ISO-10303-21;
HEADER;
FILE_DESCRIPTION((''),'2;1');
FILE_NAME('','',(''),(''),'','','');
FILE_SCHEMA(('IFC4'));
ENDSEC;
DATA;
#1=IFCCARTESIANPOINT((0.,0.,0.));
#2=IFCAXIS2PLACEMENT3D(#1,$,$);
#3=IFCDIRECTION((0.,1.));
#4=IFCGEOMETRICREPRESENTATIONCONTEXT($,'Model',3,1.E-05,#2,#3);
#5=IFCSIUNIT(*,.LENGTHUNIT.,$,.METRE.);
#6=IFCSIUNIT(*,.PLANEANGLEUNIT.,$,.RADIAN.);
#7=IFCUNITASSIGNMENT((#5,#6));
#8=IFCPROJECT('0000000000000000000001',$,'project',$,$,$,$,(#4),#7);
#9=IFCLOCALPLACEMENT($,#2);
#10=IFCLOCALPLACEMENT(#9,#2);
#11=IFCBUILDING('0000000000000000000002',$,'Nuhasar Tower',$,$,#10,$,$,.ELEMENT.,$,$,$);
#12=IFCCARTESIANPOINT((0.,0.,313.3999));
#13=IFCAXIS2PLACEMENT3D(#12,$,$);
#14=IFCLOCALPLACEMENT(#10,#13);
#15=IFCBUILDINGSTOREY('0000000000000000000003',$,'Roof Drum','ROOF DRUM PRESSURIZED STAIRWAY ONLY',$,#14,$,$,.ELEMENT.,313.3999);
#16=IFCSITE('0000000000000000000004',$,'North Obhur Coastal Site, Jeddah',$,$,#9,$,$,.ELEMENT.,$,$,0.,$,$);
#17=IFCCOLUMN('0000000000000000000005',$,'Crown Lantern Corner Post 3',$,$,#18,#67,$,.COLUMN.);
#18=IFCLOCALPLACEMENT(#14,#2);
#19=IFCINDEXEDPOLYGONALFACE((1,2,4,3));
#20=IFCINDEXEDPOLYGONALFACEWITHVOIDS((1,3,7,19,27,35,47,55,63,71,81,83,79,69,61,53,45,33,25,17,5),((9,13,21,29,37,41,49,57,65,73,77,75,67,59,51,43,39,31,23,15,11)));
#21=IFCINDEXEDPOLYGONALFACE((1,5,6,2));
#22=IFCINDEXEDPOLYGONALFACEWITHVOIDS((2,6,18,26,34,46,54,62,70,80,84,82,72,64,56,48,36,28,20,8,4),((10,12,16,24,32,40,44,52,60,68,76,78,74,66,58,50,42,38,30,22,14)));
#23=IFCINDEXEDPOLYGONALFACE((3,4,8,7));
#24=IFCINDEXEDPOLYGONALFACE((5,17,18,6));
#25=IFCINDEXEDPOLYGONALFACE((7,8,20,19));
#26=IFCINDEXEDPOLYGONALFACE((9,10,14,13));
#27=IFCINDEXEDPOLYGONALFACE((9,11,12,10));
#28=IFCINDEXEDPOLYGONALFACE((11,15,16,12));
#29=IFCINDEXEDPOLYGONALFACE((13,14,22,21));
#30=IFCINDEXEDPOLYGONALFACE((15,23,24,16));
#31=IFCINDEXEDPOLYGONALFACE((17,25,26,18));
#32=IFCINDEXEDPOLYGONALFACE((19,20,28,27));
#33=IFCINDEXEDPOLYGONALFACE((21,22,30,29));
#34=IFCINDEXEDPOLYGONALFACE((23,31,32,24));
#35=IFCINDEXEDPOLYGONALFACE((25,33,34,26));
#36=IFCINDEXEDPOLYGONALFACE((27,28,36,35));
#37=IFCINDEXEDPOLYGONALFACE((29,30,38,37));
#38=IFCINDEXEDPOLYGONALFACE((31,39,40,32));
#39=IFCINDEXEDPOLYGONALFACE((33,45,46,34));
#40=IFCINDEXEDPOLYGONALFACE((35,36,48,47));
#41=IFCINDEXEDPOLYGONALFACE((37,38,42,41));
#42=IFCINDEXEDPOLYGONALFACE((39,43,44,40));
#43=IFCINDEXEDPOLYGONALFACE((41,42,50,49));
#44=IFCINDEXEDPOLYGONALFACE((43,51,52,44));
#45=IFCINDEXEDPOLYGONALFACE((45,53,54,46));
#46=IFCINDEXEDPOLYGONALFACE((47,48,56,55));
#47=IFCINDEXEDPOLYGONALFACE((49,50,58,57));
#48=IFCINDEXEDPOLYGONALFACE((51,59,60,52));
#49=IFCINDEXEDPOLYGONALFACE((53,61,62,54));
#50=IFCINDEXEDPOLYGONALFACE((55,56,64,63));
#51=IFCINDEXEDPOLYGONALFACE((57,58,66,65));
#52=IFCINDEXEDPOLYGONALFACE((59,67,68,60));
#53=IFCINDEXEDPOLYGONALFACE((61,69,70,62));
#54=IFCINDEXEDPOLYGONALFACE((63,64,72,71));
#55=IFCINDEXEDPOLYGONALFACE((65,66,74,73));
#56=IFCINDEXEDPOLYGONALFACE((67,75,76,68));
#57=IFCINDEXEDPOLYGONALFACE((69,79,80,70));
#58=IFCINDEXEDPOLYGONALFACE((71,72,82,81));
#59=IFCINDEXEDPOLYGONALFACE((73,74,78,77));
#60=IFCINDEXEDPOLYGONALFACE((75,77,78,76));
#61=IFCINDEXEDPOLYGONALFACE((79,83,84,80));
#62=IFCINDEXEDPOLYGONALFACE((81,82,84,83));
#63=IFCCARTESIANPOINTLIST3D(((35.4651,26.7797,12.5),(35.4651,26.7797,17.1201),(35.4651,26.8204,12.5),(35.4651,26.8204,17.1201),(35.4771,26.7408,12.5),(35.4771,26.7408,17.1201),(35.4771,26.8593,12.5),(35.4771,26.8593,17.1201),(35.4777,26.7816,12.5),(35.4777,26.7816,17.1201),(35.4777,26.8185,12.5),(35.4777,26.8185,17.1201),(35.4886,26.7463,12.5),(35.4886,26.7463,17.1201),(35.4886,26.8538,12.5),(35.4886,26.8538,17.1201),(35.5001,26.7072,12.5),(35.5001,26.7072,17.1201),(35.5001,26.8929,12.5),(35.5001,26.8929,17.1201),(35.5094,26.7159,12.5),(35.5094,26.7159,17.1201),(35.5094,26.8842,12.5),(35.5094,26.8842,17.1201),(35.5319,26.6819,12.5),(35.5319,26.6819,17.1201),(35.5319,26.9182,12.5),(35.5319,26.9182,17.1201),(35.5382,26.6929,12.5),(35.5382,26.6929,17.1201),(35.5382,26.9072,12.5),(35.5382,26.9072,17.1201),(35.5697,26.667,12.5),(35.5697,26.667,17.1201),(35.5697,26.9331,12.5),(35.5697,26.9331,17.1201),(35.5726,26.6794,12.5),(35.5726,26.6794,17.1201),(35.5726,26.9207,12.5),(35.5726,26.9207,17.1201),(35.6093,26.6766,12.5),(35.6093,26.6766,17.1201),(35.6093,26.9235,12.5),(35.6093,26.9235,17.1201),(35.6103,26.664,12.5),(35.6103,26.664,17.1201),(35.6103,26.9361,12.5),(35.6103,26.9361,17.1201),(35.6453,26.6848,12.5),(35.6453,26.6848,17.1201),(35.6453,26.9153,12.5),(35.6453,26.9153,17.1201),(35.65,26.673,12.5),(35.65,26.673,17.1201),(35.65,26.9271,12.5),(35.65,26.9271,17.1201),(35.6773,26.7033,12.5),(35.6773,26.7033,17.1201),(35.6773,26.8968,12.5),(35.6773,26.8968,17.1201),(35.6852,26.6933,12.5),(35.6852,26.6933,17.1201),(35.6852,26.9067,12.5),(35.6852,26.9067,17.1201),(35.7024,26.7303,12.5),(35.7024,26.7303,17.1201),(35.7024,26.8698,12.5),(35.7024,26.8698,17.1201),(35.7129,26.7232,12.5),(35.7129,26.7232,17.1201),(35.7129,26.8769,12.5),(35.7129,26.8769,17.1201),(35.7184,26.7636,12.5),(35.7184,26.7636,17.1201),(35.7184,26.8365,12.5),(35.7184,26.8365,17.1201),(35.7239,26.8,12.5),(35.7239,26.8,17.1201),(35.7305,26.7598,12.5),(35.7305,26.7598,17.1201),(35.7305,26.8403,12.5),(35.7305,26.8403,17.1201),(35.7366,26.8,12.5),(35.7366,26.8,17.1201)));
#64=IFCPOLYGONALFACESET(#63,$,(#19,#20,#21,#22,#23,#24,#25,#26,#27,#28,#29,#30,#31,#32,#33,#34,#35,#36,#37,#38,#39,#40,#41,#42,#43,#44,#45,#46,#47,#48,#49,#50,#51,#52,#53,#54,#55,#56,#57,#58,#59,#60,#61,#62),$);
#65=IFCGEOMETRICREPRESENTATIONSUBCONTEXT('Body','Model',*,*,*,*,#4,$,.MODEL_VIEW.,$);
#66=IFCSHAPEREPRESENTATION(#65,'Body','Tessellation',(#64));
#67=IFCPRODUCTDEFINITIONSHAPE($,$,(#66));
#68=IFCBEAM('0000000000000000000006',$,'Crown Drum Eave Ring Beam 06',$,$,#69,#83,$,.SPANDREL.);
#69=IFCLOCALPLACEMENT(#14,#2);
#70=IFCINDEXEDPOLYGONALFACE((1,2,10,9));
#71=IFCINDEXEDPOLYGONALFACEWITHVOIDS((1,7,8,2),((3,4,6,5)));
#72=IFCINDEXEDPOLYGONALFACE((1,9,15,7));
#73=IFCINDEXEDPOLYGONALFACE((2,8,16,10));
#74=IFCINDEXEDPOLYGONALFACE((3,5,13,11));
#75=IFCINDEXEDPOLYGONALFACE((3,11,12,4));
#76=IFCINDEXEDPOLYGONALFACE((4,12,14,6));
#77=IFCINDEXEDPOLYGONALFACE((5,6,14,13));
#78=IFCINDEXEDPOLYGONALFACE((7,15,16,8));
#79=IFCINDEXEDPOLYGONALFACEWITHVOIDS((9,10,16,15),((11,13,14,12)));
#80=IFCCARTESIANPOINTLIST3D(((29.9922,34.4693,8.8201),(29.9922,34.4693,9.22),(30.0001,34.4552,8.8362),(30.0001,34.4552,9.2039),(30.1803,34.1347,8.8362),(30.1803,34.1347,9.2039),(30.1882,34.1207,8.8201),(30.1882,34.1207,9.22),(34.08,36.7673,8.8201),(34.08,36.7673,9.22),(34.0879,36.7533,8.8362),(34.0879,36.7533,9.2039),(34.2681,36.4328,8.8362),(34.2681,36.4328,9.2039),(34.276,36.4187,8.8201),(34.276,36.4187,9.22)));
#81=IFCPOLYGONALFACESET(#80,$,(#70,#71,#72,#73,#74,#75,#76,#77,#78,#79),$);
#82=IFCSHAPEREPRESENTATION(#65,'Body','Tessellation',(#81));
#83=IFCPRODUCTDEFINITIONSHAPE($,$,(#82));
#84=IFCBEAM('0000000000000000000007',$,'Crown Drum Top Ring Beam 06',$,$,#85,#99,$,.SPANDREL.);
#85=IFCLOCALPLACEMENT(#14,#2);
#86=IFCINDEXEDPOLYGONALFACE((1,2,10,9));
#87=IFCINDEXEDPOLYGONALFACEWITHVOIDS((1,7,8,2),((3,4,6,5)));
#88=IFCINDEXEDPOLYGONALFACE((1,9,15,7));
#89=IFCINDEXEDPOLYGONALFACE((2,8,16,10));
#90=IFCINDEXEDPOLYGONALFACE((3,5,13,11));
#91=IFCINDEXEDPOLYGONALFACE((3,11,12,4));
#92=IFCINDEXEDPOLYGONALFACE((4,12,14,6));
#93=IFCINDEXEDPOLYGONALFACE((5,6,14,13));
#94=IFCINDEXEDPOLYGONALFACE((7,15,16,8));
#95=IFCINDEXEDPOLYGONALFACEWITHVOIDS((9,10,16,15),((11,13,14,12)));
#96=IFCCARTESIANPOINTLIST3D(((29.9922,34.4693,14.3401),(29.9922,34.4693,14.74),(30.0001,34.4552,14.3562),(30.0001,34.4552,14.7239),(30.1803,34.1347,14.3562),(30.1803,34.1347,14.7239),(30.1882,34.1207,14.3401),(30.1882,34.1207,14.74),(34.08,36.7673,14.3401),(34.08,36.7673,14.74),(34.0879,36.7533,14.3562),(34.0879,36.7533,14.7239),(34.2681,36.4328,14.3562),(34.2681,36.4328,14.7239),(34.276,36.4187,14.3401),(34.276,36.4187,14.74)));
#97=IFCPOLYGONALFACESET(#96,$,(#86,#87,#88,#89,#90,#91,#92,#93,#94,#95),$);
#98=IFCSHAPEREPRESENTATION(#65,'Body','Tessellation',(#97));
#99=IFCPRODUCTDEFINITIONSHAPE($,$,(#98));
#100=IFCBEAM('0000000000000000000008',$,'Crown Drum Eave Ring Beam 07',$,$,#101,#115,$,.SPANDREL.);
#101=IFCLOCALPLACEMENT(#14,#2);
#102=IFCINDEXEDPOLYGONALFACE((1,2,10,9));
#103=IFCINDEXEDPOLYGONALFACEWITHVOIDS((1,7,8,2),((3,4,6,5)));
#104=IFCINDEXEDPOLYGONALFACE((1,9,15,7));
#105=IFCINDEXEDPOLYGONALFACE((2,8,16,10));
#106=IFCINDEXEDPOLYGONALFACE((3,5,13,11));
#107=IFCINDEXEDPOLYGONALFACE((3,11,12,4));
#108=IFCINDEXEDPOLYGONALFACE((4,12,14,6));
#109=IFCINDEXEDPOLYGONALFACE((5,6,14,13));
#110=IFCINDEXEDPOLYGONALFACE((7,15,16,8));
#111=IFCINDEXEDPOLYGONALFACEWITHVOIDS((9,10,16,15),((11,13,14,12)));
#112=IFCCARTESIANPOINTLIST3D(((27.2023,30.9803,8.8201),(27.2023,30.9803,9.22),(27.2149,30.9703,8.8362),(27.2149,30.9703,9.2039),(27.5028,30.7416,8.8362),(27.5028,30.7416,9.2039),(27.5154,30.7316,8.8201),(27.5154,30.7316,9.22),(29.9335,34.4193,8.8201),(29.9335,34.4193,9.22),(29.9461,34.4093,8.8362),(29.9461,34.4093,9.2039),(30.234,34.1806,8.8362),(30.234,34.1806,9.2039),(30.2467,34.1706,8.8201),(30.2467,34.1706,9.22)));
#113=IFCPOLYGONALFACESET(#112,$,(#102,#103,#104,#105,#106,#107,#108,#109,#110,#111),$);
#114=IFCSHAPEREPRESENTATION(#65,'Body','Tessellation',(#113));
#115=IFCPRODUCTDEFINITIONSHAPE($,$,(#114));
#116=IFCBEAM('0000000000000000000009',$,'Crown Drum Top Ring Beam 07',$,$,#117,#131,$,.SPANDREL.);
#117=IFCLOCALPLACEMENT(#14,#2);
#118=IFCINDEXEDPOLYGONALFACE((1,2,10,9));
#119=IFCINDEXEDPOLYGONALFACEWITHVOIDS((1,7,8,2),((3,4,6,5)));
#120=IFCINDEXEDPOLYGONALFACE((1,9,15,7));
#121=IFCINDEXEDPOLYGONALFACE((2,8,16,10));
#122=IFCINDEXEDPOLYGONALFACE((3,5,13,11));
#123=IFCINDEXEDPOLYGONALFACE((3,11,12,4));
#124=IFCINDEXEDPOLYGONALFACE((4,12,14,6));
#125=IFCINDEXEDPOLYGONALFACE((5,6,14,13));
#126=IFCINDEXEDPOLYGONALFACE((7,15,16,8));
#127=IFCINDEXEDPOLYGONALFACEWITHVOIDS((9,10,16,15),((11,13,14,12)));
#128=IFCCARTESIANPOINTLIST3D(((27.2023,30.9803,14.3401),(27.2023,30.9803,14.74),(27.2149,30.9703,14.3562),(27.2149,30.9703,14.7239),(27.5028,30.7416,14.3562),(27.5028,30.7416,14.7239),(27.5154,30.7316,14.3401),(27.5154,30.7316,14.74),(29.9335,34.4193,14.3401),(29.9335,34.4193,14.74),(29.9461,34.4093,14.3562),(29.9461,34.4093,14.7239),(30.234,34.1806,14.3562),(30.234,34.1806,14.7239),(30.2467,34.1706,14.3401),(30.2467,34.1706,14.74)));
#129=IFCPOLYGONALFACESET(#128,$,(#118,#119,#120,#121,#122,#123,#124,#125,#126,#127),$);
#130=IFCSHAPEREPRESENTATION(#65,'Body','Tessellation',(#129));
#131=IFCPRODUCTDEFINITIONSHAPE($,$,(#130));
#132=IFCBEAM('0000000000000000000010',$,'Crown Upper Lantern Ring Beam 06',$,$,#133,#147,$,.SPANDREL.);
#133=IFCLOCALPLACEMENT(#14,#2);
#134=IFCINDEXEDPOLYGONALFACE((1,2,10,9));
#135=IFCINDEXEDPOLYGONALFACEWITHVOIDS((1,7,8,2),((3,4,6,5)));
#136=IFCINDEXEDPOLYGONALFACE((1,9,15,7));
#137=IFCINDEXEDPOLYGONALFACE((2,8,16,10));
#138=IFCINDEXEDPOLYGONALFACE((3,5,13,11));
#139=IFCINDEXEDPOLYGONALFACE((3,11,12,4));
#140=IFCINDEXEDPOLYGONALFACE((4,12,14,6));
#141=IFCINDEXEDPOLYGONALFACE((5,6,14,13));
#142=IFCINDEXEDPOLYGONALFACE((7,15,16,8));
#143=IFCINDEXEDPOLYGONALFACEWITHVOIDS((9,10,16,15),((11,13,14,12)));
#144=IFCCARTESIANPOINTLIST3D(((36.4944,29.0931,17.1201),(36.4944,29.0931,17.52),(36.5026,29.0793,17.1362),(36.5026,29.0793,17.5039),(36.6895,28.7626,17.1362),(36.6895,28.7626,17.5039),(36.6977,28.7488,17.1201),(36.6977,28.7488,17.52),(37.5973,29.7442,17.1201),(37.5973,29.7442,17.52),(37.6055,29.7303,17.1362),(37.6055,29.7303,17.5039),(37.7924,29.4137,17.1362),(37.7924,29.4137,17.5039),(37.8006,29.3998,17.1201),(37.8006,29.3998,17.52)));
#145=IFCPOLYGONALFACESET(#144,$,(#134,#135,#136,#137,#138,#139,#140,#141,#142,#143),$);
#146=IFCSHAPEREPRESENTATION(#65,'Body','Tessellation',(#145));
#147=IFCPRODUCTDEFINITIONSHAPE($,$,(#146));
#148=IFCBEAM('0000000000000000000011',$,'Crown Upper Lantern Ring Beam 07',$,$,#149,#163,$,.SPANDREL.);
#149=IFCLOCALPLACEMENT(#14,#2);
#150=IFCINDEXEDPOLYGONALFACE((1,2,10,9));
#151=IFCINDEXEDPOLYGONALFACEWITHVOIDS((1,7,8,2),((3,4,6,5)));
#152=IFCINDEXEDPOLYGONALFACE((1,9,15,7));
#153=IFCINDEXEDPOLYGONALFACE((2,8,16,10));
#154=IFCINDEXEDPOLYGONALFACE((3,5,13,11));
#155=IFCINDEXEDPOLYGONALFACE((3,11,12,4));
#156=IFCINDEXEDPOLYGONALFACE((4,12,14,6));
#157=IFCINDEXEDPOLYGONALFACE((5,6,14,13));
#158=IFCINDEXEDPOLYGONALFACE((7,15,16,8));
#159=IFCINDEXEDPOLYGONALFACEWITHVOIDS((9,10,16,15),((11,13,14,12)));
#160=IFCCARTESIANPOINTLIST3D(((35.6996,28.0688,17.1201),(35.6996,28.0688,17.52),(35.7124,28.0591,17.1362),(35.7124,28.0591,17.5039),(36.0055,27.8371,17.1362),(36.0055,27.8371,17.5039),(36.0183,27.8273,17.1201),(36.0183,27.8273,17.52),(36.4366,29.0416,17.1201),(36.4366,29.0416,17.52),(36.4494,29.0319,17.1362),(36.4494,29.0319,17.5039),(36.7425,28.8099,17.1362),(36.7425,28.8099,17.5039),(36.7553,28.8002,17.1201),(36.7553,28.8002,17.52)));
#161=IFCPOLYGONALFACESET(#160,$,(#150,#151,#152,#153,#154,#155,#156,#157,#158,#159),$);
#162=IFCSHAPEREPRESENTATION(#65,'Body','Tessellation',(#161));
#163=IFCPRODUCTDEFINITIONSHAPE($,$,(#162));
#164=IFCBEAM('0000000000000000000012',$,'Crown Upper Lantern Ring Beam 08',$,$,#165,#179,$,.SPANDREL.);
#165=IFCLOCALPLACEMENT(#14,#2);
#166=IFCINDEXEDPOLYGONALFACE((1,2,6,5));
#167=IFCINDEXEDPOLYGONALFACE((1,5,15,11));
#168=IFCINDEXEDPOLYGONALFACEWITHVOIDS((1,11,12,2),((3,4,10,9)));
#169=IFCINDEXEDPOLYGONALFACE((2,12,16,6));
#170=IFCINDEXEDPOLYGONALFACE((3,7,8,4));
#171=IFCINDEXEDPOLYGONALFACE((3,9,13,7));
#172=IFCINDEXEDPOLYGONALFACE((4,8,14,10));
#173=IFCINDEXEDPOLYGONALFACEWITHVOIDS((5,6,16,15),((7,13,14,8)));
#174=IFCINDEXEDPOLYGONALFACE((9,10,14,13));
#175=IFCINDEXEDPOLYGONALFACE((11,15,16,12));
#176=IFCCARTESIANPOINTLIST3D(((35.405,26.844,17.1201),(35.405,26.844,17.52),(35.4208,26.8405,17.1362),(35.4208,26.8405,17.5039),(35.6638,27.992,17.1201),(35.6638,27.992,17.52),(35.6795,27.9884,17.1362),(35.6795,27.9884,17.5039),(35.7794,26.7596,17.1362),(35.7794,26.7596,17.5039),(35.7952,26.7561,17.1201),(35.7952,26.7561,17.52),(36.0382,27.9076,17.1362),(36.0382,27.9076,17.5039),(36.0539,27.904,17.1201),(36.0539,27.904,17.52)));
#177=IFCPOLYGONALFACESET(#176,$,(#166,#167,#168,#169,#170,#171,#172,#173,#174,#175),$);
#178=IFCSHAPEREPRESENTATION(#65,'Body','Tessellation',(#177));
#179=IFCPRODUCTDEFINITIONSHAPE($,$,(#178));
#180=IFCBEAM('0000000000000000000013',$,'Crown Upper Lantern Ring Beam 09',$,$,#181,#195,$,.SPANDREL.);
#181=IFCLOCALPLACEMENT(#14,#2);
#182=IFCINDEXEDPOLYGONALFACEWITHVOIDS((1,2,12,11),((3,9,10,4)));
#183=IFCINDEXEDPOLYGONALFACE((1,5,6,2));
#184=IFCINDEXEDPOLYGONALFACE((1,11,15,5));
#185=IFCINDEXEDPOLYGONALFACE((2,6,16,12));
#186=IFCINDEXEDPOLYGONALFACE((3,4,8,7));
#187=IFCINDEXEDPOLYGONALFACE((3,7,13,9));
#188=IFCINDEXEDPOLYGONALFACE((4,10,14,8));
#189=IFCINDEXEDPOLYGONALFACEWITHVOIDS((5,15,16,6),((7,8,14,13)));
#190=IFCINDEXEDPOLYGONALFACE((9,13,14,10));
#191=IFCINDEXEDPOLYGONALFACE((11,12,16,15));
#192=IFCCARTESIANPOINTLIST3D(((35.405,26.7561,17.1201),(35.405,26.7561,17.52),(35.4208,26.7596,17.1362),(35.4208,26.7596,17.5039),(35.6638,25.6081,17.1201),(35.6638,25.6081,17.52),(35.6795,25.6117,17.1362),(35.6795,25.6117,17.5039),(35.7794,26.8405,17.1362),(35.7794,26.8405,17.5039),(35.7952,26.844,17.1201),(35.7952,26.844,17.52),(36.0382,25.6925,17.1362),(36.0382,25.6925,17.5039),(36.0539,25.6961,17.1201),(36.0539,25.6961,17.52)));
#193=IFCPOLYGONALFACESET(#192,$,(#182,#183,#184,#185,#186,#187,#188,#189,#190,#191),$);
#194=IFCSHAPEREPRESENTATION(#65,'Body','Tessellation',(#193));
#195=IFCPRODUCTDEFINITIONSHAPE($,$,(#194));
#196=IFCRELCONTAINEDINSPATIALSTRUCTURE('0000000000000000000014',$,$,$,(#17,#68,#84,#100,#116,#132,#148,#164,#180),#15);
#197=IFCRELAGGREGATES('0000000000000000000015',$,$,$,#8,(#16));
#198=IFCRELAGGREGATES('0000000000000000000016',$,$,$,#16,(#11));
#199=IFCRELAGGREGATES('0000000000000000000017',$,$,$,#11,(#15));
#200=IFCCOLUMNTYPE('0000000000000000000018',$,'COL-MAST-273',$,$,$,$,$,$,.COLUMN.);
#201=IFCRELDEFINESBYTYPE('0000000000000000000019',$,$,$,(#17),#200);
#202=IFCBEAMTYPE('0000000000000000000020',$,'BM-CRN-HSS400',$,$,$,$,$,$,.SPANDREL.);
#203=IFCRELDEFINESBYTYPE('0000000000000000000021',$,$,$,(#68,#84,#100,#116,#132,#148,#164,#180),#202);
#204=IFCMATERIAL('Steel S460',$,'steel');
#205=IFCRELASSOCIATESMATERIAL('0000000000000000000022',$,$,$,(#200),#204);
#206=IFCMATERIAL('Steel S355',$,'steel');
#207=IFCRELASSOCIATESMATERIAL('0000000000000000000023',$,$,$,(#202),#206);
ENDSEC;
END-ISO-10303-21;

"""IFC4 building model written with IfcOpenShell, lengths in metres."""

from ifc_helpers import new_model, si_unit, direction, frame, origin, origin_2d, place, context, subcontext, project, spatial, hollow_rectangle, hollow_circle, extrude, material, material_profile, profile_set, type_object, element, save


model = new_model("IFC4")

# Units and contexts
model_context = context("Model", 3, precision=1e-05, world=origin(), true_north=direction((0.0, 1.0)))
body_context = subcontext(model_context, "Body", "Model", "MODEL_VIEW")
ifc_project = project(units=[si_unit("LENGTHUNIT", "METRE"), si_unit("PLANEANGLEUNIT", "RADIAN")], contexts=[model_context])

# Site, building, storey
site_placement = place(None, origin())
site = spatial("IfcSite", under=ifc_project, at=site_placement, Name="North Obhur Coastal Site, Jeddah", CompositionType="ELEMENT", RefElevation=0.0)
building_placement = place(site_placement, origin())
building = spatial("IfcBuilding", under=site, at=building_placement, Name="Nuhasar Tower", CompositionType="ELEMENT")
storey_placement = place(building_placement, frame((0.0, 0.0, 313.3999)))
storey = spatial("IfcBuildingStorey", under=building, at=storey_placement, Name="Roof Drum", Description="ROOF DRUM PRESSURIZED STAIRWAY ONLY", CompositionType="ELEMENT", Elevation=313.3999)

# Column
ifc_material_1 = material(Name="Steel S460", Category="steel")
ifc_material_profile_1 = material_profile(ifc_material_1, hollow_circle(Radius=0.1365, WallThickness=0.0127, at=origin_2d()), Name="HSS273.1X12.7")
ifc_profile_set_1 = profile_set([ifc_material_profile_1], Name="Steel S460")
column_type = type_object("IfcColumnType", Name="COL-MAST-273", PredefinedType="COLUMN", material=ifc_profile_set_1)
column_placement = place(storey_placement, frame((35.6001, 26.8, 12.5), z_axis=(0.0, 0.0, 1.0), x_axis=(1.0, 0.0, 0.0)))
element("IfcColumn", 1, at=column_placement, inside=storey, type_object=column_type, Name="Crown Lantern Corner Post 3", PredefinedType="COLUMN", context=body_context, shape_type="SweptSolid", body=[
    extrude(hollow_circle(Radius=0.1365, WallThickness=0.0127, at=origin_2d()), origin(), (0.0, 0.0, 1.0), 4.6201),
])

# Beams
ifc_material_2 = material(Name="Steel S355", Category="steel")
ifc_material_profile_2 = material_profile(ifc_material_2, hollow_rectangle(XDim=0.3999, YDim=0.3999, WallThickness=0.0161, at=origin_2d()), Name="HSS400X400X16")
ifc_profile_set_2 = profile_set([ifc_material_profile_2], Name="Steel S355")
beam_type = type_object("IfcBeamType", Name="BM-CRN-HSS400", PredefinedType="SPANDREL", material=ifc_profile_set_2)
for number, where, z_axis, x_axis, name in (
    (2, (34.178, 36.593, 9.02), (-0.871698, -0.490044, 0.0), (0.490044, -0.871698, 0.0), "Crown Drum Eave Ring Beam 06"),
    (3, (34.178, 36.593, 14.54), (-0.871698, -0.490044, 0.0), (0.490044, -0.871698, 0.0), "Crown Drum Top Ring Beam 06"),
):
    element("IfcBeam", number, at=place(storey_placement, frame(where, z_axis=z_axis, x_axis=x_axis)), inside=storey, type_object=beam_type, Name=name, PredefinedType="SPANDREL", context=body_context, shape_type="SweptSolid", body=[
        extrude(hollow_rectangle(XDim=0.3999, YDim=0.3999, WallThickness=0.0161, at=origin_2d()), origin(), (0.0, 0.0, 1.0), 4.6895),
    ])
for number, where, z_axis, x_axis, name in (
    (4, (30.0901, 34.2949, 9.02), (-0.621918, -0.783082, 0.0), (0.783082, -0.621918, 0.0), "Crown Drum Eave Ring Beam 07"),
    (5, (30.0901, 34.2949, 14.54), (-0.621918, -0.783082, 0.0), (0.783082, -0.621918, 0.0), "Crown Drum Top Ring Beam 07"),
):
    element("IfcBeam", number, at=place(storey_placement, frame(where, z_axis=z_axis, x_axis=x_axis)), inside=storey, type_object=beam_type, Name=name, PredefinedType="SPANDREL", context=body_context, shape_type="SweptSolid", body=[
        extrude(hollow_rectangle(XDim=0.3999, YDim=0.3999, WallThickness=0.0161, at=origin_2d()), origin(), (0.0, 0.0, 1.0), 4.3916),
    ])
beam_1_placement = place(storey_placement, frame((37.699, 29.572, 17.3201), z_axis=(-0.861154, -0.508344, 0.0), x_axis=(0.508344, -0.861154, 0.0)))
element("IfcBeam", 6, at=beam_1_placement, inside=storey, type_object=beam_type, Name="Crown Upper Lantern Ring Beam 06", PredefinedType="SPANDREL", context=body_context, shape_type="SweptSolid", body=[
    extrude(hollow_rectangle(XDim=0.3999, YDim=0.3999, WallThickness=0.0161, at=origin_2d()), origin(), (0.0, 0.0, 1.0), 1.2808),
])
beam_2_placement = place(storey_placement, frame((36.5959, 28.9209, 17.3201), z_axis=(-0.603865, -0.797086, 0.0), x_axis=(0.797086, -0.603865, 0.0)))
element("IfcBeam", 7, at=beam_2_placement, inside=storey, type_object=beam_type, Name="Crown Upper Lantern Ring Beam 07", PredefinedType="SPANDREL", context=body_context, shape_type="SweptSolid", body=[
    extrude(hollow_rectangle(XDim=0.3999, YDim=0.3999, WallThickness=0.0161, at=origin_2d()), origin(), (0.0, 0.0, 1.0), 1.2205),
])
for number, where, z_axis, x_axis, name in (
    (8, (35.8589, 27.948, 17.3201), (-0.219917, -0.975519, 0.0), (0.975519, -0.219917, 0.0), "Crown Upper Lantern Ring Beam 08"),
    (9, (35.6001, 26.8, 17.3201), (0.219917, -0.975519, 0.0), (0.975519, 0.219917, 0.0), "Crown Upper Lantern Ring Beam 09"),
):
    element("IfcBeam", number, at=place(storey_placement, frame(where, z_axis=z_axis, x_axis=x_axis)), inside=storey, type_object=beam_type, Name=name, PredefinedType="SPANDREL", context=body_context, shape_type="SweptSolid", body=[
        extrude(hollow_rectangle(XDim=0.3999, YDim=0.3999, WallThickness=0.0161, at=origin_2d()), origin(), (0.0, 0.0, 1.0), 1.1768),
    ])

save(model, "model.ifc")
